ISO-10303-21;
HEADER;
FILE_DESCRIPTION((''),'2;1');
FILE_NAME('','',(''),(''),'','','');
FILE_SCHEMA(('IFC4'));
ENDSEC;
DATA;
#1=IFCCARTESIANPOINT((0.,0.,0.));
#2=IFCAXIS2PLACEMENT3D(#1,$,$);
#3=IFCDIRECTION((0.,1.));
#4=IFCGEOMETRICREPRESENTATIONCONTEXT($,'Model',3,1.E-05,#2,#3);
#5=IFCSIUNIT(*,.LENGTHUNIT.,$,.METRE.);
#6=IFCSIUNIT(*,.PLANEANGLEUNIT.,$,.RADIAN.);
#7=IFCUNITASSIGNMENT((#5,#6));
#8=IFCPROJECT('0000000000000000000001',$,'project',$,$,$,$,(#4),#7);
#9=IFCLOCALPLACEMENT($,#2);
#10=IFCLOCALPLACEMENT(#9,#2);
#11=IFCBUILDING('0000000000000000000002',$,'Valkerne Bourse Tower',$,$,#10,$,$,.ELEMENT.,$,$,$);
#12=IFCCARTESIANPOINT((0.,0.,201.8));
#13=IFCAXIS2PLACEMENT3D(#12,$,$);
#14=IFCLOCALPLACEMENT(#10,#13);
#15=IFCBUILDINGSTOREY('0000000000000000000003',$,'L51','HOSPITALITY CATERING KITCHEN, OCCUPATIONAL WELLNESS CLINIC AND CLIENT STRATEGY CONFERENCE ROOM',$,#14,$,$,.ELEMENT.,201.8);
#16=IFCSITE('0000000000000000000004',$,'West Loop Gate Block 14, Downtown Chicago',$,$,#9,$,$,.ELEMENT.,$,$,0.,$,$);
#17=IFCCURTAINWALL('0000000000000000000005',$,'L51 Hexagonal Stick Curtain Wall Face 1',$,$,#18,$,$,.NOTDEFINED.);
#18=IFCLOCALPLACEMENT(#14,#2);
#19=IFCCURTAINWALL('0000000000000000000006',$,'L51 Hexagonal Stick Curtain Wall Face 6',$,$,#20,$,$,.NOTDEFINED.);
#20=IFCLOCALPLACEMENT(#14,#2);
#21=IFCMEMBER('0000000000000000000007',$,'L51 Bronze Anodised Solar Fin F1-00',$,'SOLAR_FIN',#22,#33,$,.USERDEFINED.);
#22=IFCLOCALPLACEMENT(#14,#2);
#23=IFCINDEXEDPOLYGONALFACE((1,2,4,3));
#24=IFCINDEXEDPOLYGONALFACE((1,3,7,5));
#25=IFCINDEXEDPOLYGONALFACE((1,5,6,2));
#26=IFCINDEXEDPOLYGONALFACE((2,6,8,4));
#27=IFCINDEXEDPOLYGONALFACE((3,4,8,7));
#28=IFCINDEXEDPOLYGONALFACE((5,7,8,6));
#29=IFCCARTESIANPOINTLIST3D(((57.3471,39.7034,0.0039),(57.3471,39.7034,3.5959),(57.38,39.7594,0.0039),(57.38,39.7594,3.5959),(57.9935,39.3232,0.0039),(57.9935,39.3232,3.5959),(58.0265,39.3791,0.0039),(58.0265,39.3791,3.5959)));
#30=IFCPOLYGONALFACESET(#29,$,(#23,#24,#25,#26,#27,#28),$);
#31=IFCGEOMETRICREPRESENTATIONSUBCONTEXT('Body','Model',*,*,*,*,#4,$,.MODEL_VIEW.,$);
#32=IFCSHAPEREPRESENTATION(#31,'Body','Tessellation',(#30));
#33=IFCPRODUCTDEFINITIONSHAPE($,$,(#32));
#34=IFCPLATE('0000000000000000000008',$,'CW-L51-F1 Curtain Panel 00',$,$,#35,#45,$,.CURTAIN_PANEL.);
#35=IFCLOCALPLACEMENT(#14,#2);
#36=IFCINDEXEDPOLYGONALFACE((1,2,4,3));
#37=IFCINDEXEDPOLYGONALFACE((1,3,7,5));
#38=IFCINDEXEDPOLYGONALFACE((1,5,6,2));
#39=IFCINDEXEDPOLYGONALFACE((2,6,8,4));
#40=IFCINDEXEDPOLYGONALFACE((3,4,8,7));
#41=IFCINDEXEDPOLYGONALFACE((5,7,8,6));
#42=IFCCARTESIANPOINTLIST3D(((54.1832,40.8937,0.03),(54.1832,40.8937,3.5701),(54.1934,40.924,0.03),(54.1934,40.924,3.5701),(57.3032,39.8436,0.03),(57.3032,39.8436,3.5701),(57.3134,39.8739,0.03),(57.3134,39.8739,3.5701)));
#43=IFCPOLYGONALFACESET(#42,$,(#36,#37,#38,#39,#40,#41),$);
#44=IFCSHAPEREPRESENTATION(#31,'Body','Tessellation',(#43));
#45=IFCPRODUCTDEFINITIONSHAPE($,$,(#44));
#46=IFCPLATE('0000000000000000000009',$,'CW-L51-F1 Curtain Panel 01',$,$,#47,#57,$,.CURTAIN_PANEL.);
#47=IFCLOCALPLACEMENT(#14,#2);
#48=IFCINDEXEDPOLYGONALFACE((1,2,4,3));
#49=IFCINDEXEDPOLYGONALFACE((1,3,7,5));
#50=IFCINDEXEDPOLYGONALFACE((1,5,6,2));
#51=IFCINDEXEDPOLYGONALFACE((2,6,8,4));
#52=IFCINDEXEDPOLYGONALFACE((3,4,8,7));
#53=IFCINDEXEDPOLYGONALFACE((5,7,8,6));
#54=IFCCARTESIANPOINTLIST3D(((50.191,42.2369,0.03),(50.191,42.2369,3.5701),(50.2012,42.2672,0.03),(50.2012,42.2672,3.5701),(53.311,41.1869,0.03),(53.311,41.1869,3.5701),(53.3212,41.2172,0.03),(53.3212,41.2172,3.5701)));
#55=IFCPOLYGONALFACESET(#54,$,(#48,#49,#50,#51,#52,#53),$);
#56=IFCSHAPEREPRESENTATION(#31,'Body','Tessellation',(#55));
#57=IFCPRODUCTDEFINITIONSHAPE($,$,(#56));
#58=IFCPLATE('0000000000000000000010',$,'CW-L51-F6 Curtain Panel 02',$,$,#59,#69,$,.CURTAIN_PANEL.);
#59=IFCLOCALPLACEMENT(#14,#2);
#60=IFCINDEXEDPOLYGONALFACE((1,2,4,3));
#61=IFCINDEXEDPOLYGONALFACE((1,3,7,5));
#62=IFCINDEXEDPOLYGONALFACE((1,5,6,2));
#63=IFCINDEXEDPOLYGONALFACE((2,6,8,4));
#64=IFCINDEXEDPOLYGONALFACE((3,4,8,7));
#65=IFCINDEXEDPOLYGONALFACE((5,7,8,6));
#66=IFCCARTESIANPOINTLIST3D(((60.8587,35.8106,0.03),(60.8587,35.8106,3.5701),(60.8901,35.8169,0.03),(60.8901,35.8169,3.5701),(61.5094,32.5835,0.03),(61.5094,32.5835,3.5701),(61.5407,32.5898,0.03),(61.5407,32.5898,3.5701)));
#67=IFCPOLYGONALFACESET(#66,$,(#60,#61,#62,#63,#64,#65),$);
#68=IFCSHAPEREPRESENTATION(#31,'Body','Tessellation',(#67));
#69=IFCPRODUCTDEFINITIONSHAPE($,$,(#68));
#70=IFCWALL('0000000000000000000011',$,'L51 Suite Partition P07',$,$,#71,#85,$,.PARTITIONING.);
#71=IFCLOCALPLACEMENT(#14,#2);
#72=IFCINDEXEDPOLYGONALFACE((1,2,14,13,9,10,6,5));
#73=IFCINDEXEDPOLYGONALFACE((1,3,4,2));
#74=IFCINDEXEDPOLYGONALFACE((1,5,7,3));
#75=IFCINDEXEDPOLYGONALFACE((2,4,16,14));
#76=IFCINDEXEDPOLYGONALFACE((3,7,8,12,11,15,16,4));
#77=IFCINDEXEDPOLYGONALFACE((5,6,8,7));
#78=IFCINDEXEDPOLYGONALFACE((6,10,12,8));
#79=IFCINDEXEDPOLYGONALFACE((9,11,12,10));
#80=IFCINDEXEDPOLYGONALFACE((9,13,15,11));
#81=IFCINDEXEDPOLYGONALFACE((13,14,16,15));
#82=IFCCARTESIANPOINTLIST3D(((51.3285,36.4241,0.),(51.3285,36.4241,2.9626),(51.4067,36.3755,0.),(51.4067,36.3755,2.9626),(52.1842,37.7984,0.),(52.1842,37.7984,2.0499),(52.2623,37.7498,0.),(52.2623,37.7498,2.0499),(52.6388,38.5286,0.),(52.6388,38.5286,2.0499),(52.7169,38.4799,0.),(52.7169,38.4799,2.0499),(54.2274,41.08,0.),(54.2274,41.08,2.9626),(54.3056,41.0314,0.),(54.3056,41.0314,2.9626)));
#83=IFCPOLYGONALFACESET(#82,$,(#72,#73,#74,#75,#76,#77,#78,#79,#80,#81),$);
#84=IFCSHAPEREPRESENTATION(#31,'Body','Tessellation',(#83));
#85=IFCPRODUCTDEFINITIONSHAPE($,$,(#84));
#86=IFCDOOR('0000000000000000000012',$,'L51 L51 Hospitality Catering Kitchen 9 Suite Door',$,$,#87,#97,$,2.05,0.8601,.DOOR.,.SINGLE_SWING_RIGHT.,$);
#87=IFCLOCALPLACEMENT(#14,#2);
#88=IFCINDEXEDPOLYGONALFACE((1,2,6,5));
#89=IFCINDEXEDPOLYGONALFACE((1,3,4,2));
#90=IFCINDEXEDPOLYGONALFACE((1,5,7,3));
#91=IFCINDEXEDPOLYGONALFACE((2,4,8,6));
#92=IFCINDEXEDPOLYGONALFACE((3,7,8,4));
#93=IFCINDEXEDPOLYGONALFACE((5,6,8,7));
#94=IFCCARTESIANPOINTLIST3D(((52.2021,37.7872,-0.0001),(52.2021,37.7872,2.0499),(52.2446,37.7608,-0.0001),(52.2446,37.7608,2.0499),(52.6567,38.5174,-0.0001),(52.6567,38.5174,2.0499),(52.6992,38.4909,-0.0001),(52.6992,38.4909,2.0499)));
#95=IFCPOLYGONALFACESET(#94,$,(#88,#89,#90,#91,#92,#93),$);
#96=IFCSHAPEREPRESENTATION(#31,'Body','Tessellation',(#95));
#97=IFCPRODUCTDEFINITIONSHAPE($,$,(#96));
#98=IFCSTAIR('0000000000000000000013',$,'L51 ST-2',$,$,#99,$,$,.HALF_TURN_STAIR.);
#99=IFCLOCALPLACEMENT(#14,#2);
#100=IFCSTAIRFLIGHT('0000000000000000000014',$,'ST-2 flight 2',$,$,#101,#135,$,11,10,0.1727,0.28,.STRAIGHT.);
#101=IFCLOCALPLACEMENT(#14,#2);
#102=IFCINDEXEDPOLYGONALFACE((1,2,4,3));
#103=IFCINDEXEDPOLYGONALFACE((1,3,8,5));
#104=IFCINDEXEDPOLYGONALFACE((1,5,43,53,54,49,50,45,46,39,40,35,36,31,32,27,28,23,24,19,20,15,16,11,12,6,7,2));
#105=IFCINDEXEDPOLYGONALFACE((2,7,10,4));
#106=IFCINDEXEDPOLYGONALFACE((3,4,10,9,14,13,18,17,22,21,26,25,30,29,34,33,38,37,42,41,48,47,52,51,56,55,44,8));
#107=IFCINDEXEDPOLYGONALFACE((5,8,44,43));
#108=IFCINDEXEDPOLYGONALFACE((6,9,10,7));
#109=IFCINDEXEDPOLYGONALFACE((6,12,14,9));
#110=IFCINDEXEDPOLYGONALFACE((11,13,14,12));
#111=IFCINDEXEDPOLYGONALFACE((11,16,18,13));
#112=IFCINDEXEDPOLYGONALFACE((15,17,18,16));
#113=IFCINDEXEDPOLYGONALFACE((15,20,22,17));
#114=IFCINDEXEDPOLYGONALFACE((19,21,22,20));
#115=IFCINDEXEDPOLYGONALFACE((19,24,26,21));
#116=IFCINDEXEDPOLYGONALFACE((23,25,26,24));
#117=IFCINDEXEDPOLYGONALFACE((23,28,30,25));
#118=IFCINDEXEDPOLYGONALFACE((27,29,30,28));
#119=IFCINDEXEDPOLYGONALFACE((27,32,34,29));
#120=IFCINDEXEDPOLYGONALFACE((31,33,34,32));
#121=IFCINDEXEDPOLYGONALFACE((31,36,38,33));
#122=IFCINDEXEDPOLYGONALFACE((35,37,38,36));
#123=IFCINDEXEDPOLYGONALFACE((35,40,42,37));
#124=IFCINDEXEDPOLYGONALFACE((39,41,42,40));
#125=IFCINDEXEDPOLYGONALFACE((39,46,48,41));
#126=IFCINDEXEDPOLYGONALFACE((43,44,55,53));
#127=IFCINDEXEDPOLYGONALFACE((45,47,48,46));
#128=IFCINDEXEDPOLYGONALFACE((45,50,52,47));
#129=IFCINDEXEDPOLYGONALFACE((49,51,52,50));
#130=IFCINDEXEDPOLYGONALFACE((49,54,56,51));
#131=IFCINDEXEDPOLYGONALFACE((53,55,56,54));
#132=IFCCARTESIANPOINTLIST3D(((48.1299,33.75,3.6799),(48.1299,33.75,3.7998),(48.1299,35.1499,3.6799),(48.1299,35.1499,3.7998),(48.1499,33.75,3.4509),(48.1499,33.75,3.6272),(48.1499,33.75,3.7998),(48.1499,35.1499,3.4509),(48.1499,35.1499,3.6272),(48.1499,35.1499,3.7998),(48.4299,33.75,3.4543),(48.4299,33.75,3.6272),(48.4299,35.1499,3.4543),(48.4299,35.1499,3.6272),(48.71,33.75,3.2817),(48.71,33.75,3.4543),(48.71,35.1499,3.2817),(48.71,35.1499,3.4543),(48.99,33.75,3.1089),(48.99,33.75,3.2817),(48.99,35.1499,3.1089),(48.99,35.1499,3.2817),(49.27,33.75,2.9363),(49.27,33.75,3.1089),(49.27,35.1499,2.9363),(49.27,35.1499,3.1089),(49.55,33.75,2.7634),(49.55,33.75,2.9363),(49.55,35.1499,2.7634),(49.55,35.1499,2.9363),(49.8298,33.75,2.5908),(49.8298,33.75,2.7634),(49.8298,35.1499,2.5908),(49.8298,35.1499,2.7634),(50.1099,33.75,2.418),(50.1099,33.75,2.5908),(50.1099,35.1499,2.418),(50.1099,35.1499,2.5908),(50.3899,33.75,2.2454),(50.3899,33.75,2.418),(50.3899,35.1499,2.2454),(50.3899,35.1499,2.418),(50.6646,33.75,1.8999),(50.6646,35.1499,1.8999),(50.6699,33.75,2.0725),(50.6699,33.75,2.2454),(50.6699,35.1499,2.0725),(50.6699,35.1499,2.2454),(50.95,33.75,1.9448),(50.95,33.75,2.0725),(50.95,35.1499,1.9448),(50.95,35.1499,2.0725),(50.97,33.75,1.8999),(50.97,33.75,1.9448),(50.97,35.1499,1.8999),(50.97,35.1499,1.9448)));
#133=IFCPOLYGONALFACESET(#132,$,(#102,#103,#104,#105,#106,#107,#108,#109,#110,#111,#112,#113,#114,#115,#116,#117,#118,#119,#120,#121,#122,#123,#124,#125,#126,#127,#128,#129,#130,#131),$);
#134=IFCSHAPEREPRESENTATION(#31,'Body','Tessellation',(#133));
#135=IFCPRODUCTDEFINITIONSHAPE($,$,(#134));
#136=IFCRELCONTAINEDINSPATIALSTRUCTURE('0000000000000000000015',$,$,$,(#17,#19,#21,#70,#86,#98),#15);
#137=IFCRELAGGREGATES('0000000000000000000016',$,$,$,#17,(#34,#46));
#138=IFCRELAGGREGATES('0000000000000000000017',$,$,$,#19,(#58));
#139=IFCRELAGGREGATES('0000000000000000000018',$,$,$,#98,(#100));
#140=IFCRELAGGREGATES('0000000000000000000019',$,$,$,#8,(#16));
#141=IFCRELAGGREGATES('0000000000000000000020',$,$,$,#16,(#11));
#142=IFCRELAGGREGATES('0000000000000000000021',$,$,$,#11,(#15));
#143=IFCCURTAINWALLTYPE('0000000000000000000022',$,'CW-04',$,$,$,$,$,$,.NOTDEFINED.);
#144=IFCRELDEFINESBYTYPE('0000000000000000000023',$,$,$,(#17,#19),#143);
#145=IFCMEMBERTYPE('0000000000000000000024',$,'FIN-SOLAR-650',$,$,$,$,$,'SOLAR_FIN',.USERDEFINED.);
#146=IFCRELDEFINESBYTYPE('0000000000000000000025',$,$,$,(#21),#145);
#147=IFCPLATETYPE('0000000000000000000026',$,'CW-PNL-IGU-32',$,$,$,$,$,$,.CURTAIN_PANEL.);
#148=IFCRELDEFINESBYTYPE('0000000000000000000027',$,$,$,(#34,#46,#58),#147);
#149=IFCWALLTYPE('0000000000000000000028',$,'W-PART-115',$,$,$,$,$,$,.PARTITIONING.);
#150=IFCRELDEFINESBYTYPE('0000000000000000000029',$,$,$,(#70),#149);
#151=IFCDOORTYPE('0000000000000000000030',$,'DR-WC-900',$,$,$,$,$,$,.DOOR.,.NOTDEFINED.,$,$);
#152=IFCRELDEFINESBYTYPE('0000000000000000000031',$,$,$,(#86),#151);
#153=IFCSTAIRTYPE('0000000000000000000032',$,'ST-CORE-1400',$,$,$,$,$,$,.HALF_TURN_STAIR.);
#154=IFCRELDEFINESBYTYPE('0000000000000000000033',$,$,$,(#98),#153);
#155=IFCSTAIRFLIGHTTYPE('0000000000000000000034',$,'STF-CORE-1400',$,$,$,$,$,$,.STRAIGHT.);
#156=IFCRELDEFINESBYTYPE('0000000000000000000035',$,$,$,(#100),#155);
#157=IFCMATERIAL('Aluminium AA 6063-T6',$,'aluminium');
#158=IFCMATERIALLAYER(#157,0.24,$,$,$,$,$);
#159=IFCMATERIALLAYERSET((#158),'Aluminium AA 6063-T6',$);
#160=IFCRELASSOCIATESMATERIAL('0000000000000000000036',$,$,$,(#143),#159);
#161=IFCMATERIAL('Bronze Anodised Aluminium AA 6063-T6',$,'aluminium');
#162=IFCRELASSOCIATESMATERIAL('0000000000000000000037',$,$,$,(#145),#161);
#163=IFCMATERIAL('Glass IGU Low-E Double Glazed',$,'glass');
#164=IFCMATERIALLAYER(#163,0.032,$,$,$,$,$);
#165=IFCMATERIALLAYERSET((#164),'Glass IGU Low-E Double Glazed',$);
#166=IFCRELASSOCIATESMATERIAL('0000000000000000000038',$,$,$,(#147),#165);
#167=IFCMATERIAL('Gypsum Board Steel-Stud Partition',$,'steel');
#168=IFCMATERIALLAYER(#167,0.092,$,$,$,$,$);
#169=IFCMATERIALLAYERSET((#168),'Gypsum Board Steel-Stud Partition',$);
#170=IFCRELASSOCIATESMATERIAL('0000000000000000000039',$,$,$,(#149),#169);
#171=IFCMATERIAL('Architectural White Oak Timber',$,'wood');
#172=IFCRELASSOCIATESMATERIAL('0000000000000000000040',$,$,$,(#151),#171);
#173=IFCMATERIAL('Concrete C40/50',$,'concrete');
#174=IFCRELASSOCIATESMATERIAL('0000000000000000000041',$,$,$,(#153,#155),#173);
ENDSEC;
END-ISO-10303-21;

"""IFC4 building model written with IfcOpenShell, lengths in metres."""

from ifc_helpers import new_model, si_unit, direction, frame, frame_2d, origin, origin_2d, place, context, subcontext, project, spatial, polyline, rectangle, outline, extrude, material, layer, layer_set, material_profile, profile_set, type_object, element, fill, aggregate, save


model = new_model("IFC4")

# Units and contexts
model_context = context("Model", 3, precision=1e-05, world=origin(), true_north=direction((0.0, 1.0)))
body_context = subcontext(model_context, "Body", "Model", "MODEL_VIEW")
ifc_project = project(units=[si_unit("LENGTHUNIT", "METRE"), si_unit("PLANEANGLEUNIT", "RADIAN")], contexts=[model_context])

# Site, building, storey
site_placement = place(None, origin())
site = spatial("IfcSite", under=ifc_project, at=site_placement, Name="West Loop Gate Block 14, Downtown Chicago", CompositionType="ELEMENT", RefElevation=0.0)
building_placement = place(site_placement, origin())
building = spatial("IfcBuilding", under=site, at=building_placement, Name="Valkerne Bourse Tower", CompositionType="ELEMENT")
storey_placement = place(building_placement, frame((0.0, 0.0, 201.8)))
storey = spatial("IfcBuildingStorey", under=building, at=storey_placement, Name="L51", Description="HOSPITALITY CATERING KITCHEN, OCCUPATIONAL WELLNESS CLINIC AND CLIENT STRATEGY CONFERENCE ROOM", CompositionType="ELEMENT", Elevation=201.8)

# Curtain wall
ifc_material_1 = material(Name="Aluminium AA 6063-T6", Category="aluminium")
ifc_layer_1 = layer(ifc_material_1, 0.24)
ifc_layer_set_1 = layer_set([ifc_layer_1], Name="Aluminium AA 6063-T6")
curtain_wall_type = type_object("IfcCurtainWallType", Name="CW-04", PredefinedType="NOTDEFINED", material=ifc_layer_set_1)
curtain_wall_1_placement = place(storey_placement, origin())
curtain_wall_1 = element("IfcCurtainWall", 1, at=curtain_wall_1_placement, inside=storey, type_object=curtain_wall_type, Name="L51 Hexagonal Stick Curtain Wall Face 1", PredefinedType="NOTDEFINED")

# Curtain wall
curtain_wall_2_placement = place(storey_placement, origin())
curtain_wall_2 = element("IfcCurtainWall", 2, at=curtain_wall_2_placement, inside=storey, type_object=curtain_wall_type, Name="L51 Hexagonal Stick Curtain Wall Face 6", PredefinedType="NOTDEFINED")

# Member
ifc_material_2 = material(Name="Bronze Anodised Aluminium AA 6063-T6", Category="aluminium")
ifc_material_profile_1 = material_profile(ifc_material_2, rectangle(XDim=0.0649, YDim=0.75, at=origin_2d()), Name="FIN-65X750")
ifc_profile_set_1 = profile_set([ifc_material_profile_1], Name="Bronze Anodised Aluminium AA 6063-T6")
member_type_1 = type_object("IfcMemberType", Name="FIN-SOLAR-650", ElementType="SOLAR_FIN", PredefinedType="USERDEFINED", material=ifc_profile_set_1)
member_1_placement = place(storey_placement, frame((57.6868, 39.5413, 0.0039), z_axis=(0.0, 0.0, 1.0), x_axis=(0.50694, 0.861982, 0.0)))
element("IfcMember", 3, at=member_1_placement, inside=storey, type_object=member_type_1, Name="L51 Bronze Anodised Solar Fin F1-00", ObjectType="SOLAR_FIN", PredefinedType="USERDEFINED", context=body_context, shape_type="SweptSolid", body=[
    extrude(rectangle(XDim=0.0649, YDim=0.75, at=origin_2d()), origin(), (0.0, 0.0, 1.0), 3.592),
])

# Plates
ifc_material_3 = material(Name="Glass IGU Low-E Double Glazed", Category="glass")
ifc_layer_2 = layer(ifc_material_3, 0.032)
ifc_layer_set_2 = layer_set([ifc_layer_2], Name="Glass IGU Low-E Double Glazed")
plate_type = type_object("IfcPlateType", Name="CW-PNL-IGU-32", PredefinedType="CURTAIN_PANEL", material=ifc_layer_set_2)
plate_1_placement = place(storey_placement, frame((55.7483, 40.3838, 0.03), z_axis=(0.0, 0.0, 1.0), x_axis=(-0.947765, 0.318969, 0.0)))
plate_1 = element("IfcPlate", 4, at=plate_1_placement, type_object=plate_type, Name="CW-L51-F1 Curtain Panel 00", PredefinedType="CURTAIN_PANEL", context=body_context, shape_type="SweptSolid", body=[
    extrude(rectangle(XDim=3.292, YDim=0.032, at=origin_2d()), origin(), (0.0, 0.0, 1.0), 3.54),
])
plate_2_placement = place(storey_placement, frame((51.7561, 41.7271, 0.03), z_axis=(0.0, 0.0, 1.0), x_axis=(-0.947772, 0.318947, 0.0)))
plate_2 = element("IfcPlate", 5, at=plate_2_placement, type_object=plate_type, Name="CW-L51-F1 Curtain Panel 01", PredefinedType="CURTAIN_PANEL", context=body_context, shape_type="SweptSolid", body=[
    extrude(rectangle(XDim=3.292, YDim=0.032, at=origin_2d()), origin(), (0.0, 0.0, 1.0), 3.54),
])
aggregate(curtain_wall_1, [plate_1, plate_2])
plate_3_placement = place(storey_placement, frame((61.1997, 34.2002, 0.03), z_axis=(0.0, 0.0, 1.0), x_axis=(-0.19765, 0.980273, 0.0)))
plate_3 = element("IfcPlate", 6, at=plate_3_placement, type_object=plate_type, Name="CW-L51-F6 Curtain Panel 02", PredefinedType="CURTAIN_PANEL", context=body_context, shape_type="SweptSolid", body=[
    extrude(rectangle(XDim=3.292, YDim=0.032, at=origin_2d()), origin(), (0.0, 0.0, 1.0), 3.54),
])
aggregate(curtain_wall_2, [plate_3])

# Wall, opening, door
ifc_material_4 = material(Name="Gypsum Board Steel-Stud Partition", Category="steel")
ifc_layer_3 = layer(ifc_material_4, 0.092)
ifc_layer_set_3 = layer_set([ifc_layer_3], Name="Gypsum Board Steel-Stud Partition")
wall_type = type_object("IfcWallType", Name="W-PART-115", PredefinedType="PARTITIONING", material=ifc_layer_set_3)
wall_placement = place(storey_placement, frame((51.3677, 36.3999, 0.0), z_axis=(0.0, 0.0, 1.0), x_axis=(0.528546, 0.848905, 0.0)))
wall = element("IfcWall", 7, at=wall_placement, inside=storey, type_object=wall_type, Name="L51 Suite Partition P07", PredefinedType="PARTITIONING", context=body_context, shape_type="SweptSolid", body=[
    extrude(rectangle(XDim=5.4846, YDim=0.092, at=frame_2d((2.7422, 0.0))), origin(), (0.0, 0.0, 1.0), 2.9626),
])
opening_placement = place(wall_placement, frame((1.6187, 0.0, 0.0)))
opening = element("IfcOpeningElement", 8, at=opening_placement, cuts=wall, PredefinedType="OPENING", context=body_context, shape_type="SweptSolid", body=[
    extrude(rectangle(XDim=0.8601, YDim=2.05, at=frame_2d((0.4302, 1.0249))), frame((0.0, 0.0559, 0.0), z_axis=(0.0, -1.0, 0.0), x_axis=(1.0, 0.0, 0.0)), (0.0, 0.0, 1.0), 0.1121),
])
ifc_material_5 = material(Name="Architectural White Oak Timber", Category="wood")
door_type = type_object("IfcDoorType", Name="DR-WC-900", OperationType="NOTDEFINED", PredefinedType="DOOR", material=ifc_material_5)
door_placement = place(opening_placement, origin())
door = element("IfcDoor", 9, at=door_placement, inside=storey, type_object=door_type, Name="L51 L51 Hospitality Catering Kitchen 9 Suite Door", OperationType="SINGLE_SWING_RIGHT", OverallHeight=2.05, OverallWidth=0.8601, PredefinedType="DOOR", context=body_context, shape_type="SweptSolid", body=[
    extrude(rectangle(XDim=0.8601, YDim=2.05, at=frame_2d((0.4302, 1.0249))), frame((0.0, 0.0249, 0.0), z_axis=(0.0, -1.0, 0.0), x_axis=(1.0, 0.0, 0.0)), (0.0, 0.0, 1.0), 0.05),
])
fill(opening, door)

# Stair, stair flight
ifc_material_6 = material(Name="Concrete C40/50", Category="concrete")
stair_type = type_object("IfcStairType", Name="ST-CORE-1400", PredefinedType="HALF_TURN_STAIR", material=ifc_material_6)
stair_placement = place(storey_placement, origin())
stair = element("IfcStair", 10, at=stair_placement, inside=storey, type_object=stair_type, Name="L51 ST-2", PredefinedType="HALF_TURN_STAIR")
stair_flight_type = type_object("IfcStairFlightType", Name="STF-CORE-1400", PredefinedType="STRAIGHT", material=ifc_material_6)
stair_flight_placement = place(storey_placement, frame((50.95, 34.45, 1.8999), z_axis=(0.0, 0.0, 1.0), x_axis=(-1.0, 0.0, 0.0)))
stair_flight = element("IfcStairFlight", 11, at=stair_flight_placement, type_object=stair_flight_type, Name="ST-2 flight 2", NumberOfRisers=11, NumberOfTreads=10, PredefinedType="STRAIGHT", RiserHeight=0.1727, TreadLength=0.28, context=body_context, shape_type="SweptSolid", body=[
    extrude(outline(polyline([(-0.02, 0.0), (-0.02, 0.0449), (0.0, 0.0449), (0.0, 0.1726), (0.28, 0.1726), (0.28, 0.3455), (0.5601, 0.3455), (0.5601, 0.5181), (0.8401, 0.5181), (0.8401, 0.6909), (1.1201, 0.6909), (1.1201, 0.8635), (1.3999, 0.8635), (1.3999, 1.0364), (1.6799, 1.0364), (1.6799, 1.209), (1.96, 1.209), (1.96, 1.3818), (2.24, 1.3818), (2.24, 1.5544), (2.52, 1.5544), (2.52, 1.7273), (2.8, 1.7273), (2.8, 1.8999), (2.8201, 1.8999), (2.8201, 1.78), (2.8, 1.551), (0.2854, 0.0), (-0.02, 0.0)])), frame((0.0, 0.7, 0.0), z_axis=(0.0, -1.0, 0.0), x_axis=(1.0, 0.0, 0.0)), (0.0, 0.0, 1.0), 1.3999),
])
aggregate(stair, [stair_flight])

save(model, "model.ifc")
